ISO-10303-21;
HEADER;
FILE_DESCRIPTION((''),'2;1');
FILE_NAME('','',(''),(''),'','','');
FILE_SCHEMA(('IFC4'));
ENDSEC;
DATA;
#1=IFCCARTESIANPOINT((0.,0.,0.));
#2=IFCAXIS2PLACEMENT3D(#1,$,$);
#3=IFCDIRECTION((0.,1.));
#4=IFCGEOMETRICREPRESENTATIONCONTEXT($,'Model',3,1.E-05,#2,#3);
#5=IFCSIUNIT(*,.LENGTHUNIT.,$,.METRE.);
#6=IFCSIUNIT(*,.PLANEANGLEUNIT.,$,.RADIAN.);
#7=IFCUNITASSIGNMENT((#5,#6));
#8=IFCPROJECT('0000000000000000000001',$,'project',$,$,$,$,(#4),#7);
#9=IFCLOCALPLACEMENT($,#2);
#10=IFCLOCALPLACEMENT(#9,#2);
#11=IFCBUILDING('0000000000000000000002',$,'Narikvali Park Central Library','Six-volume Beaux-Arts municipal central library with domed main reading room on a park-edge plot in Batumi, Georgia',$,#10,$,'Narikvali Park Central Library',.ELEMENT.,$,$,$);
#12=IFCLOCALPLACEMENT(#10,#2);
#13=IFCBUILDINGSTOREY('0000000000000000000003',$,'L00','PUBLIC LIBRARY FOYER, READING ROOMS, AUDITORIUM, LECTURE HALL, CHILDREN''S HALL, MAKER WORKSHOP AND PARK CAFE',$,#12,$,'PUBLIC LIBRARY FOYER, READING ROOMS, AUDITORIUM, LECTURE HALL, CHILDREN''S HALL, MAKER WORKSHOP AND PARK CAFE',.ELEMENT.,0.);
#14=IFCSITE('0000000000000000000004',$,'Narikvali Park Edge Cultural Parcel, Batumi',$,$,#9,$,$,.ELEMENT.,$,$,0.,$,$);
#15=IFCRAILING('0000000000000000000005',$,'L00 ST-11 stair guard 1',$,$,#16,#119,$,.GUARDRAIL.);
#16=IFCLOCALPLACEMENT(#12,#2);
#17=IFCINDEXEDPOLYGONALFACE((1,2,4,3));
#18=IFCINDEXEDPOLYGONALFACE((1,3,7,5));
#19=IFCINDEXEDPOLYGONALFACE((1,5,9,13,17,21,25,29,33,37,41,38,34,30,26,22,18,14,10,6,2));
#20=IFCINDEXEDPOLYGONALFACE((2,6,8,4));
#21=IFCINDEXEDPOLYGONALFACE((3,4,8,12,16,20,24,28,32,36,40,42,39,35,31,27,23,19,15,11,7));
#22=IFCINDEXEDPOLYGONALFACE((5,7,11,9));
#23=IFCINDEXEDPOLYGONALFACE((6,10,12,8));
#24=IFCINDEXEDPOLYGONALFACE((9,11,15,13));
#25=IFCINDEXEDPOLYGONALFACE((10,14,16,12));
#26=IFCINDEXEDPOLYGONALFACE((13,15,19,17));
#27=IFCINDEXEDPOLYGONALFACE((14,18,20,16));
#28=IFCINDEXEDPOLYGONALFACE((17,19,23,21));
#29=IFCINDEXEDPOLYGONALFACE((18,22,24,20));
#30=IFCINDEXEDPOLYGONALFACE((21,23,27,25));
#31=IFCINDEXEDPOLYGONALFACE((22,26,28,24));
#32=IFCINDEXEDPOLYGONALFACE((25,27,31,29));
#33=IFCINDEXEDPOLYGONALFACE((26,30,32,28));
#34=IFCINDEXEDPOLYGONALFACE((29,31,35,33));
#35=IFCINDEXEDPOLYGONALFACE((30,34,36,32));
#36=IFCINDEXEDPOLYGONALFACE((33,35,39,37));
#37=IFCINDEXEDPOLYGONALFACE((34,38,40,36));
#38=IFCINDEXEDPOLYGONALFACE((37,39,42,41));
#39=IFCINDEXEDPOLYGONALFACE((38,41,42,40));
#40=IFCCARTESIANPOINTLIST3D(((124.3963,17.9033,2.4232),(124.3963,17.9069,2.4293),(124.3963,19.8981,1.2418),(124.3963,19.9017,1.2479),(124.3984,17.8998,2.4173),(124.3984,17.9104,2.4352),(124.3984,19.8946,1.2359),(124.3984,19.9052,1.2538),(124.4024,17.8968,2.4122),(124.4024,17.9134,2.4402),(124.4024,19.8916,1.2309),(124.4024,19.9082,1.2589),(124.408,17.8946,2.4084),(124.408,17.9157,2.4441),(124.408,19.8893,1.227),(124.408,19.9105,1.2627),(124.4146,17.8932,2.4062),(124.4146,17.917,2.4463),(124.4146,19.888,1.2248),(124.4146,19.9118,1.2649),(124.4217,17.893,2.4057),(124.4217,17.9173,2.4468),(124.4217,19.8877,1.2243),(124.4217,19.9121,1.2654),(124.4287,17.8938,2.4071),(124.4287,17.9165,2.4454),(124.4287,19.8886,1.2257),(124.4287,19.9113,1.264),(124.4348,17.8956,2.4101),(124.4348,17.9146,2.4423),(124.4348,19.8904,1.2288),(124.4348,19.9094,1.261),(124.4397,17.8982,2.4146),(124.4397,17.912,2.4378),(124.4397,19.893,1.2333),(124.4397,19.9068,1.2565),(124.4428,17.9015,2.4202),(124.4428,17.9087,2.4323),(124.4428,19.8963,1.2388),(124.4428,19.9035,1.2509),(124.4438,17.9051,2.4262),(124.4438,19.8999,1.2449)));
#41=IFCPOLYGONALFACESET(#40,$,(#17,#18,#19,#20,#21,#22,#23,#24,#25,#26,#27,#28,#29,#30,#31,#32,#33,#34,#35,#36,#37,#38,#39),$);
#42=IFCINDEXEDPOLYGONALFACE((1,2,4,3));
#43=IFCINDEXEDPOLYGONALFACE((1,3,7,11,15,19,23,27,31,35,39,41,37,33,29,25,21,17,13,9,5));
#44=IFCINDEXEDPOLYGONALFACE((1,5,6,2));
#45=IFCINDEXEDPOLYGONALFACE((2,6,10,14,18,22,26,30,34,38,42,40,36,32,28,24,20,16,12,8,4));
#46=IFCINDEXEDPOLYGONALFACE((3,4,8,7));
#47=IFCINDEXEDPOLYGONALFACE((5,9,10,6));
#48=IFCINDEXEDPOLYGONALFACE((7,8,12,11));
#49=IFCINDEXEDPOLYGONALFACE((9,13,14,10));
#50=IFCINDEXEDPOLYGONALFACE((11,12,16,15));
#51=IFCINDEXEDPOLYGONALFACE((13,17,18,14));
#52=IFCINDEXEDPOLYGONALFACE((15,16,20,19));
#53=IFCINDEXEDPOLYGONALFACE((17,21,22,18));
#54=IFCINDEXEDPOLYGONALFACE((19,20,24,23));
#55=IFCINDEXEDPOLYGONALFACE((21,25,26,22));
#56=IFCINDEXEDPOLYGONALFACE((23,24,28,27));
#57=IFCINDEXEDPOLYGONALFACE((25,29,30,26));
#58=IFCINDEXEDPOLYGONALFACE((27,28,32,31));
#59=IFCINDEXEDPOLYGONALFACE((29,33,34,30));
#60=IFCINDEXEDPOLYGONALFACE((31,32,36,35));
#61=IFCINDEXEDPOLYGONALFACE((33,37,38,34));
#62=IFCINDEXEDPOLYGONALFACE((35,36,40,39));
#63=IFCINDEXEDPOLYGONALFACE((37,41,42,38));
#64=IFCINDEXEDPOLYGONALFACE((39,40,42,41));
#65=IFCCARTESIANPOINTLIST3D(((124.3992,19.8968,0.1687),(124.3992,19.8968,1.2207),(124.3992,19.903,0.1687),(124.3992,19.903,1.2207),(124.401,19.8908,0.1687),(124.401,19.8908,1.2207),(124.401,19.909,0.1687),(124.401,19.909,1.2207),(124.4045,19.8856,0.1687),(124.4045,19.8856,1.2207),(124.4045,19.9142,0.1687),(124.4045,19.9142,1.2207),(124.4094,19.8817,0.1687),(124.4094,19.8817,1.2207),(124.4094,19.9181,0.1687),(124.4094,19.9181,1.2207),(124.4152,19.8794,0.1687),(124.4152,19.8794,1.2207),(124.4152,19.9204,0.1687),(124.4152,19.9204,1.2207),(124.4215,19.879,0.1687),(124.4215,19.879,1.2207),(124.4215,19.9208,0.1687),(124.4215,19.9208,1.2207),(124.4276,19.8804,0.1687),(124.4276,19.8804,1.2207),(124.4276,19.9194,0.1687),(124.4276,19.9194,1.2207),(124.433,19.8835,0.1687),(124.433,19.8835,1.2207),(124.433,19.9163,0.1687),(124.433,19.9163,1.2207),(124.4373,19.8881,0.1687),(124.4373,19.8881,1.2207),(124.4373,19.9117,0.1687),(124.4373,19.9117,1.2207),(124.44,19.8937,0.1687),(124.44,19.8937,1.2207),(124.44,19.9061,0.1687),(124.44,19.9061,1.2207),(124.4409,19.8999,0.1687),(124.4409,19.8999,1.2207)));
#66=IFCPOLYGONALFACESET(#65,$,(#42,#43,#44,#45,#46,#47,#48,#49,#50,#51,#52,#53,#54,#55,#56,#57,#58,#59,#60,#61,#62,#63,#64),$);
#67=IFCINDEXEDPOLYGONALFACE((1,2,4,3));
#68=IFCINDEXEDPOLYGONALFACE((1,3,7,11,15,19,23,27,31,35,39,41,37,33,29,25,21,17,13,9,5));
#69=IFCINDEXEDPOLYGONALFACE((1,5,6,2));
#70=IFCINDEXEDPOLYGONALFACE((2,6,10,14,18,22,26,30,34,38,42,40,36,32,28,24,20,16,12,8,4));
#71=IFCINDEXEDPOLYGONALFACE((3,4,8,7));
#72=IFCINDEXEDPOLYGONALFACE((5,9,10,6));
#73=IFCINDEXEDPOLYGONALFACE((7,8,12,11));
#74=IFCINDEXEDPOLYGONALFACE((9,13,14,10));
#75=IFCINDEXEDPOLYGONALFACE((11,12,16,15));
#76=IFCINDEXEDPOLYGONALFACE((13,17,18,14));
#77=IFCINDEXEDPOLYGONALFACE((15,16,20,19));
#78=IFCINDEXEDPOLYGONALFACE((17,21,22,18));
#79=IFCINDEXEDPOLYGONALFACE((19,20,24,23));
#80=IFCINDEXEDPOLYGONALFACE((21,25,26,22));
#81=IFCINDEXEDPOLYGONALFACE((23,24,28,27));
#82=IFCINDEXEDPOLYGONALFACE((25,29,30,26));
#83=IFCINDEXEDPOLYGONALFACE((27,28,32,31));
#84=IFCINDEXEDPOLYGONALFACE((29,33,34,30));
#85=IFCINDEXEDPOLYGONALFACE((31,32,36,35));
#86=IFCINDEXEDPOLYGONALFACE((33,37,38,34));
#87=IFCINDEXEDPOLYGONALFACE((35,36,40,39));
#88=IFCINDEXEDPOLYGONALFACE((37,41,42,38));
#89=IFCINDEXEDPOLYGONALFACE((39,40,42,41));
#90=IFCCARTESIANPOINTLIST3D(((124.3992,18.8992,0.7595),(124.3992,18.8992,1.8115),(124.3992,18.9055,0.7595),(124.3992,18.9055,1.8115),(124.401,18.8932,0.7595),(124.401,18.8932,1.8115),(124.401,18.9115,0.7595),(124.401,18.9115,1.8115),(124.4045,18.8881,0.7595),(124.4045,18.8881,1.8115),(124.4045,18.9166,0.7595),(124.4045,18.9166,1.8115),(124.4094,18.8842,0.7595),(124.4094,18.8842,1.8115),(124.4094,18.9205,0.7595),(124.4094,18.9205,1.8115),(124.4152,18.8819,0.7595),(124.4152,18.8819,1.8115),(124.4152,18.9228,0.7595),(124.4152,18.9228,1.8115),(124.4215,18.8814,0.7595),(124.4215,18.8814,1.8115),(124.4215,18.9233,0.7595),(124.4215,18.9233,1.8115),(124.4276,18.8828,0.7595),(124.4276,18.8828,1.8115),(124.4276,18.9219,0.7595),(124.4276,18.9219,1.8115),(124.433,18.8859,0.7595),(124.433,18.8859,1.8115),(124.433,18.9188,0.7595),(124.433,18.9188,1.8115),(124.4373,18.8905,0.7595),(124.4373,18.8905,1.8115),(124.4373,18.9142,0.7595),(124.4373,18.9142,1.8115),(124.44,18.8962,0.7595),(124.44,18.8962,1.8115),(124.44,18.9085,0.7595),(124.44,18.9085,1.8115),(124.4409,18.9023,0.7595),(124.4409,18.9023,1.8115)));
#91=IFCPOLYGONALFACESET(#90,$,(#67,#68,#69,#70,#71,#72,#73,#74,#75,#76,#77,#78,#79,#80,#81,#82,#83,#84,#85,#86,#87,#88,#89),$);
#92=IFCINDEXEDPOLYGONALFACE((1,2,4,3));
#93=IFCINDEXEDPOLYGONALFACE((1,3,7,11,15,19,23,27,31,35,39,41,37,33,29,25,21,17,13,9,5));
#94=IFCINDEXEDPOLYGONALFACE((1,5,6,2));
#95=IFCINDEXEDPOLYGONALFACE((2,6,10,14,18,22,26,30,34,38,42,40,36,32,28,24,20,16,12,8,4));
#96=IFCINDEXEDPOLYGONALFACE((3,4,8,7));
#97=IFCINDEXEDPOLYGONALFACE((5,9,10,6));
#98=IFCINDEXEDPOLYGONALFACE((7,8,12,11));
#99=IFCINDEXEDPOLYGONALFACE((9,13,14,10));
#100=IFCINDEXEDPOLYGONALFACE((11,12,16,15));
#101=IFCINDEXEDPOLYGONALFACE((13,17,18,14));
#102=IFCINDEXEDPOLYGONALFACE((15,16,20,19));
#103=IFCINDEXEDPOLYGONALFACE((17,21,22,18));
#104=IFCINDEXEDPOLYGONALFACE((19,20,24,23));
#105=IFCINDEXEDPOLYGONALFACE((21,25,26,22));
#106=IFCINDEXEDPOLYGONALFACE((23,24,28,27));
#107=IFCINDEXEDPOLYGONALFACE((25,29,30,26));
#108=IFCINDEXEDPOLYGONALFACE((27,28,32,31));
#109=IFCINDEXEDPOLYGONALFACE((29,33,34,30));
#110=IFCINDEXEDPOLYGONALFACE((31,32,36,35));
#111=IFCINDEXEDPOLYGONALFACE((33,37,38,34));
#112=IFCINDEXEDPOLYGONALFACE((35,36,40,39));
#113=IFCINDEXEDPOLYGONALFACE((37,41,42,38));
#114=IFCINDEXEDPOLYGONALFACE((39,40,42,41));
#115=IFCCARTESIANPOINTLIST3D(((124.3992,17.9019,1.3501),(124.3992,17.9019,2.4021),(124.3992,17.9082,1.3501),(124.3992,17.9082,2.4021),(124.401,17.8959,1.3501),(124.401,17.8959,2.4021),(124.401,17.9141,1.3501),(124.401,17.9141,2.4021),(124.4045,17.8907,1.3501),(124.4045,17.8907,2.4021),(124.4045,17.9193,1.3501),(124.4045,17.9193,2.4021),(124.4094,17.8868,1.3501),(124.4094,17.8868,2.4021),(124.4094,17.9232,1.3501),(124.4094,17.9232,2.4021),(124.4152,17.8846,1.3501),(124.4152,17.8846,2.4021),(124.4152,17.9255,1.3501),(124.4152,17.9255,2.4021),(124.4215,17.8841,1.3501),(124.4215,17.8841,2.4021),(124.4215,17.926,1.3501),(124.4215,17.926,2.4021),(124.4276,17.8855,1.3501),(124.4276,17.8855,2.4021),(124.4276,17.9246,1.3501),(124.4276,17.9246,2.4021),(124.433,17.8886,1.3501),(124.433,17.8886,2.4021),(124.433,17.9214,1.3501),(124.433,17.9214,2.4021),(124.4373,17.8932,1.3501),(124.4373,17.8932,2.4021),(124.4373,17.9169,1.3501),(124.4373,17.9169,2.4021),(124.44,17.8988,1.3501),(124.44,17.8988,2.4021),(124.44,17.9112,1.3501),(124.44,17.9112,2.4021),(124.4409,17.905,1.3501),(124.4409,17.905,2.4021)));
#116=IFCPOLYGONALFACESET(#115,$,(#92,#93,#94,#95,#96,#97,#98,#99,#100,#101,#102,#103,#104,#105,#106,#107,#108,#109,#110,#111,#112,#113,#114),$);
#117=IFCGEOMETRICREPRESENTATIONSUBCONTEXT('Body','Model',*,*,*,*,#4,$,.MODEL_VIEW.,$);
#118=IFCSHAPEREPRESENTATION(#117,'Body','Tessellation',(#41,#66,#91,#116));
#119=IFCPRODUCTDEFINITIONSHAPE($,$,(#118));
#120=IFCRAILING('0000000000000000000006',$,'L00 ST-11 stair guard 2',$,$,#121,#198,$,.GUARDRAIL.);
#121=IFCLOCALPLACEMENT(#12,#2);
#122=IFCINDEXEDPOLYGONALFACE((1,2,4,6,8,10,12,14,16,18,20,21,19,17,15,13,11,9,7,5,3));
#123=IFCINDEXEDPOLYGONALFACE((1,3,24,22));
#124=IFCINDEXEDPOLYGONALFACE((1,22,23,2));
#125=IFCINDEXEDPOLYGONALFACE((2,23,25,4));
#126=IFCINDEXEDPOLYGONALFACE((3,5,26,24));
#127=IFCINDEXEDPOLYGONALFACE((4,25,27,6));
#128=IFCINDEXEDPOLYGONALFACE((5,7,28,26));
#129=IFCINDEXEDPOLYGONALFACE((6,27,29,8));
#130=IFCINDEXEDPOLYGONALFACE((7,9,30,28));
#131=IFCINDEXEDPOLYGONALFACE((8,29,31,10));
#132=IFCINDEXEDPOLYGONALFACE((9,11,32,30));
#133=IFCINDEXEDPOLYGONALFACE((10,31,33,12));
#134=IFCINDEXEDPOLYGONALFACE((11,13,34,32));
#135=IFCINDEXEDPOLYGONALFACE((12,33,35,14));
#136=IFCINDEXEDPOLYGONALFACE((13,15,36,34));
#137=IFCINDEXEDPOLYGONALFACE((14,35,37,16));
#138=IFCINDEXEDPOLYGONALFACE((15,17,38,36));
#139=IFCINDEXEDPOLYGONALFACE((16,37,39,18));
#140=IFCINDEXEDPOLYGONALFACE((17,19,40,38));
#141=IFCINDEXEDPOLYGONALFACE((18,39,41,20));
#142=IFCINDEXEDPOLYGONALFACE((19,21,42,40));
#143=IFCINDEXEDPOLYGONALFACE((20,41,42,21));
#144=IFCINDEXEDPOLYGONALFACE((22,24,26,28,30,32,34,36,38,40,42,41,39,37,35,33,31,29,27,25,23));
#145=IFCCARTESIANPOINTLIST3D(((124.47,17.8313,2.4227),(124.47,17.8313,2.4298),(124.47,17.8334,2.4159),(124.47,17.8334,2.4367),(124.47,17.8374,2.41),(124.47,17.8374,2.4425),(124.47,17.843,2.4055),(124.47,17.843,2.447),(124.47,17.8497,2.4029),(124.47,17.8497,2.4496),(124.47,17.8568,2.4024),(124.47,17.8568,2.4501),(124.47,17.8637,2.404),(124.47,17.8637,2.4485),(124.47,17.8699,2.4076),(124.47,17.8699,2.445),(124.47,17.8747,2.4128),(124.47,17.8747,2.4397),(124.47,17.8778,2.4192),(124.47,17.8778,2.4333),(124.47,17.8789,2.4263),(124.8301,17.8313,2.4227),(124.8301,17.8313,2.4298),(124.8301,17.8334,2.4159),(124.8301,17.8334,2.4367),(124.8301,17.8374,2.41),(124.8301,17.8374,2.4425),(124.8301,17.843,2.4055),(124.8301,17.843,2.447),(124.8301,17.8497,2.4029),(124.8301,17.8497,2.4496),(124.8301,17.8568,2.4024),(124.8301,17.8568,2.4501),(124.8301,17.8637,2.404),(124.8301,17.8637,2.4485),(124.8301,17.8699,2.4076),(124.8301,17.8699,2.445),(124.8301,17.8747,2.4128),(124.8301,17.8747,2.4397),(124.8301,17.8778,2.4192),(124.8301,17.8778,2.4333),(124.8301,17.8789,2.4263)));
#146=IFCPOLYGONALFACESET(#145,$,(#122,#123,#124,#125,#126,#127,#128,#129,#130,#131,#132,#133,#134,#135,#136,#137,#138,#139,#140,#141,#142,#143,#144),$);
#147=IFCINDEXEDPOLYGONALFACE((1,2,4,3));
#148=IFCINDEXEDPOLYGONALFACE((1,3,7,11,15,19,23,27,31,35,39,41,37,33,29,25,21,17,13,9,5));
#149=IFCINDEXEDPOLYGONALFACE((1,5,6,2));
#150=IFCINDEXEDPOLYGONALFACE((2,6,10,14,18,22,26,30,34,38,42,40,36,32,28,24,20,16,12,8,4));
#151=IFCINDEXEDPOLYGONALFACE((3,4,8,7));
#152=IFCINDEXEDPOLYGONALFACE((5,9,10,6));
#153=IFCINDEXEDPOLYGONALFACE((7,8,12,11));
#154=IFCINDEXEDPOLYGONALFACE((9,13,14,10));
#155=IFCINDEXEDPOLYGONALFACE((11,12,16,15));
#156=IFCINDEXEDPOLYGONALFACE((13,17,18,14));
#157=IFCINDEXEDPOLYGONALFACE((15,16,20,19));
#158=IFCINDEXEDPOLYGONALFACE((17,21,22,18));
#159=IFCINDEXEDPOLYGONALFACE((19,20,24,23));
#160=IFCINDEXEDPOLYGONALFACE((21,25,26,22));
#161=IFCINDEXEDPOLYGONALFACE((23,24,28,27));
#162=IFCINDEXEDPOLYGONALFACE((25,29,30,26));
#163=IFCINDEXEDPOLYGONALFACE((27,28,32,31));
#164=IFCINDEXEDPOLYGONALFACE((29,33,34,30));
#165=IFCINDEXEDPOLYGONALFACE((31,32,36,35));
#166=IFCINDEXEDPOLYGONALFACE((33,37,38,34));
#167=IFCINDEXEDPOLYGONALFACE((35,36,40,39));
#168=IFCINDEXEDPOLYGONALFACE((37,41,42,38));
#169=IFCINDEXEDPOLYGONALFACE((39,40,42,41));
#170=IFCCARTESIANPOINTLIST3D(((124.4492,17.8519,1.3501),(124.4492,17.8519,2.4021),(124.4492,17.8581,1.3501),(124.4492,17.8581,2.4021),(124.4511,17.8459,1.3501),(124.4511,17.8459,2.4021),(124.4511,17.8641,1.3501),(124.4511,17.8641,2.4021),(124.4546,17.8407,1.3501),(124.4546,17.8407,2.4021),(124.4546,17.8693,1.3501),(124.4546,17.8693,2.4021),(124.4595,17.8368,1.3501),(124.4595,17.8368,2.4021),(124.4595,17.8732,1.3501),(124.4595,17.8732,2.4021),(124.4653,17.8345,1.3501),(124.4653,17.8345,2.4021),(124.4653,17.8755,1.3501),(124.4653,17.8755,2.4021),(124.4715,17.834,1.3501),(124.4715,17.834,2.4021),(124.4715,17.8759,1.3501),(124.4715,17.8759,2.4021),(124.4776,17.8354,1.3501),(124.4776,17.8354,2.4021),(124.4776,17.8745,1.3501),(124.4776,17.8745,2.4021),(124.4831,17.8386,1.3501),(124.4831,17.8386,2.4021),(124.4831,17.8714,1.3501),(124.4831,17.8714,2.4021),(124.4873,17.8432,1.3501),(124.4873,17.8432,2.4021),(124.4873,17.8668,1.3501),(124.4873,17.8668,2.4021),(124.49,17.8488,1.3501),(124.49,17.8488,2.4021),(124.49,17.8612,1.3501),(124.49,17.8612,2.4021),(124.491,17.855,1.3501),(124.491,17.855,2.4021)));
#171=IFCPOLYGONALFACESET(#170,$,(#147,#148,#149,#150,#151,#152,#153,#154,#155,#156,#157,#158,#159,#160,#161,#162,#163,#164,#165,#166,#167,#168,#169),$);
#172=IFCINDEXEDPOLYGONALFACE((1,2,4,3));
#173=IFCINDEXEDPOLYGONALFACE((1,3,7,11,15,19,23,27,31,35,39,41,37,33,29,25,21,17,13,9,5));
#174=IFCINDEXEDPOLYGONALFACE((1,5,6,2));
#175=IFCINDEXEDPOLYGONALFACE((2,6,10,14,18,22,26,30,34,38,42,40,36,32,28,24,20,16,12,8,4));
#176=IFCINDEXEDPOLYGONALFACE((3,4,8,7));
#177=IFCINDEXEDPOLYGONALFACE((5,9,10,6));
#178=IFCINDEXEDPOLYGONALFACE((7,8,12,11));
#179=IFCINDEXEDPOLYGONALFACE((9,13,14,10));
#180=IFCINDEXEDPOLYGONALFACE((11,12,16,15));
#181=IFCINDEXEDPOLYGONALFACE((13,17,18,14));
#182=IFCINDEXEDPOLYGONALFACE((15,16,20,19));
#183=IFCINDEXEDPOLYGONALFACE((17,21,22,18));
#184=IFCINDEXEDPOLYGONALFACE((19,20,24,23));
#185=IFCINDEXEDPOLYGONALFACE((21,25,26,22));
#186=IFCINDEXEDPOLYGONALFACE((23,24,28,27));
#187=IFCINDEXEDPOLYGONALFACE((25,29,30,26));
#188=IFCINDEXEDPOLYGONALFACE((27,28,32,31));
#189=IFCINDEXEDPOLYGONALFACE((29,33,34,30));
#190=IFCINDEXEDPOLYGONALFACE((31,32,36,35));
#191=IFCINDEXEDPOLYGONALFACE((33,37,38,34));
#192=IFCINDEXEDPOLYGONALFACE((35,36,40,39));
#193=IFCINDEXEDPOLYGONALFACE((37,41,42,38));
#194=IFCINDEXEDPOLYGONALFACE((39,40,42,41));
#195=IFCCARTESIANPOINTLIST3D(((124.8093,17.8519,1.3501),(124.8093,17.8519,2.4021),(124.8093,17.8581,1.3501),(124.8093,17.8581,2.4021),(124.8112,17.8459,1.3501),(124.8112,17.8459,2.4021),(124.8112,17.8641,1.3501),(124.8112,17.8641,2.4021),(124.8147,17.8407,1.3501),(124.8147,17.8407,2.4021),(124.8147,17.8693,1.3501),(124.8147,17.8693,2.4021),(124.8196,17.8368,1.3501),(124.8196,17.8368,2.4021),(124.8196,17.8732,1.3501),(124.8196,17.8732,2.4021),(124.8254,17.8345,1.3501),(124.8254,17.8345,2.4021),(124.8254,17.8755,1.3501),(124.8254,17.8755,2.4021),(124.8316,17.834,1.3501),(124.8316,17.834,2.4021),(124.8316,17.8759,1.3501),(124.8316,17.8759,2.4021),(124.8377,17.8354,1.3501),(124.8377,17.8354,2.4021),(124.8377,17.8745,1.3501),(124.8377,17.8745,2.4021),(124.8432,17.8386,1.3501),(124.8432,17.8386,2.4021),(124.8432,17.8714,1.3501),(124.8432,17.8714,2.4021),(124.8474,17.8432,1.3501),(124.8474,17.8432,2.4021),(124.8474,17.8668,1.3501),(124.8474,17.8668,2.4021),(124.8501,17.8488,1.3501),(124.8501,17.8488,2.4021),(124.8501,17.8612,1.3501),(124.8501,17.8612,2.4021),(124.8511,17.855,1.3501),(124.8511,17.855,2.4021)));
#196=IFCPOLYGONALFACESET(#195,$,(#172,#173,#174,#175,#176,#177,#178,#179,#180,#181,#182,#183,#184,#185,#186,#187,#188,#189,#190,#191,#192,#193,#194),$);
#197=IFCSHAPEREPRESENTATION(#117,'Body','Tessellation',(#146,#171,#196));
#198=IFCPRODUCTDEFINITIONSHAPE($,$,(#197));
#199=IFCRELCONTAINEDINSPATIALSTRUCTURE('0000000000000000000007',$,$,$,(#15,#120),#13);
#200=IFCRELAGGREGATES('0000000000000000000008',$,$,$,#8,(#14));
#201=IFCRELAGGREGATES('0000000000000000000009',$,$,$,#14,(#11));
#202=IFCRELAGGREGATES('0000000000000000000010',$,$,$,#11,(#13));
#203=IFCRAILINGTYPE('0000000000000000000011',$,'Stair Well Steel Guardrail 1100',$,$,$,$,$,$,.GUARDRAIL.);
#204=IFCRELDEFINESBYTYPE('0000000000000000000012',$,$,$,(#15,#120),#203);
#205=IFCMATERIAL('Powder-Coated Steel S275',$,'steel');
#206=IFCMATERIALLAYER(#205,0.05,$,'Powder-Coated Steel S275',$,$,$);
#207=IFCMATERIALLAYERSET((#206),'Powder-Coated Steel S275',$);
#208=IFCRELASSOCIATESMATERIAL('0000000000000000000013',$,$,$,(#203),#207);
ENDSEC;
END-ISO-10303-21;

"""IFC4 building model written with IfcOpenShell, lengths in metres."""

from ifc_helpers import new_model, si_unit, direction, frame, origin, origin_2d, place, context, subcontext, project, spatial, circle, extrude, material, layer, layer_set, type_object, element, save


model = new_model("IFC4")

# Units and contexts
model_context = context("Model", 3, precision=1e-05, world=origin(), true_north=direction((0.0, 1.0)))
body_context = subcontext(model_context, "Body", "Model", "MODEL_VIEW")
ifc_project = project(units=[si_unit("LENGTHUNIT", "METRE"), si_unit("PLANEANGLEUNIT", "RADIAN")], contexts=[model_context])

# Site, building, storey
site_placement = place(None, origin())
site = spatial("IfcSite", under=ifc_project, at=site_placement, Name="Narikvali Park Edge Cultural Parcel, Batumi", CompositionType="ELEMENT", RefElevation=0.0)
building_placement = place(site_placement, origin())
building = spatial("IfcBuilding", under=site, at=building_placement, Name="Narikvali Park Central Library", Description="Six-volume Beaux-Arts municipal central library with domed main reading room on a park-edge plot in Batumi, Georgia", LongName="Narikvali Park Central Library", CompositionType="ELEMENT")
storey_placement = place(building_placement, origin())
storey = spatial("IfcBuildingStorey", under=building, at=storey_placement, Name="L00", Description="PUBLIC LIBRARY FOYER, READING ROOMS, AUDITORIUM, LECTURE HALL, CHILDREN'S HALL, MAKER WORKSHOP AND PARK CAFE", LongName="PUBLIC LIBRARY FOYER, READING ROOMS, AUDITORIUM, LECTURE HALL, CHILDREN'S HALL, MAKER WORKSHOP AND PARK CAFE", CompositionType="ELEMENT", Elevation=0.0)

# Railings
ifc_material_1 = material(Name="Powder-Coated Steel S275", Category="steel")
ifc_layer_1 = layer(ifc_material_1, 0.05, Name="Powder-Coated Steel S275")
ifc_layer_set_1 = layer_set([ifc_layer_1], Name="Powder-Coated Steel S275")
railing_type_1 = type_object("IfcRailingType", Name="Stair Well Steel Guardrail 1100", PredefinedType="GUARDRAIL", material=ifc_layer_set_1)
railing_1_placement = place(storey_placement, frame((124.4199, 19.8999, 0.1687)))
element("IfcRailing", 1, at=railing_1_placement, inside=storey, type_object=railing_type_1, Name="L00 ST-11 stair guard 1", PredefinedType="GUARDRAIL", context=body_context, shape_type="SweptSolid", body=[
    extrude(circle(Radius=0.0239, at=origin_2d()), frame((0.0, 0.0, 1.0762), z_axis=(0.0, -0.860433, 0.509563), x_axis=(1.0, 0.0, 0.0)), (0.0, 0.0, 1.0), 2.3184),
    extrude(circle(Radius=0.021, at=origin_2d()), origin(), (0.0, 0.0, 1.0), 1.052),
    extrude(circle(Radius=0.021, at=origin_2d()), frame((0.0, -0.9976, 0.5908)), (0.0, 0.0, 1.0), 1.052),
    extrude(circle(Radius=0.021, at=origin_2d()), frame((0.0, -1.9949, 1.1814)), (0.0, 0.0, 1.0), 1.052),
])
railing_2_placement = place(storey_placement, frame((124.47, 17.855, 1.3501)))
element("IfcRailing", 2, at=railing_2_placement, inside=storey, type_object=railing_type_1, Name="L00 ST-11 stair guard 2", PredefinedType="GUARDRAIL", context=body_context, shape_type="SweptSolid", body=[
    extrude(circle(Radius=0.0239, at=origin_2d()), frame((0.0, 0.0, 1.0762), z_axis=(1.0, 0.0, 0.0), x_axis=(0.0, 1.0, 0.0)), (0.0, 0.0, 1.0), 0.3601),
    extrude(circle(Radius=0.021, at=origin_2d()), origin(), (0.0, 0.0, 1.0), 1.052),
    extrude(circle(Radius=0.021, at=origin_2d()), frame((0.3601, 0.0, 0.0)), (0.0, 0.0, 1.0), 1.052),
])

save(model, "model.ifc")
